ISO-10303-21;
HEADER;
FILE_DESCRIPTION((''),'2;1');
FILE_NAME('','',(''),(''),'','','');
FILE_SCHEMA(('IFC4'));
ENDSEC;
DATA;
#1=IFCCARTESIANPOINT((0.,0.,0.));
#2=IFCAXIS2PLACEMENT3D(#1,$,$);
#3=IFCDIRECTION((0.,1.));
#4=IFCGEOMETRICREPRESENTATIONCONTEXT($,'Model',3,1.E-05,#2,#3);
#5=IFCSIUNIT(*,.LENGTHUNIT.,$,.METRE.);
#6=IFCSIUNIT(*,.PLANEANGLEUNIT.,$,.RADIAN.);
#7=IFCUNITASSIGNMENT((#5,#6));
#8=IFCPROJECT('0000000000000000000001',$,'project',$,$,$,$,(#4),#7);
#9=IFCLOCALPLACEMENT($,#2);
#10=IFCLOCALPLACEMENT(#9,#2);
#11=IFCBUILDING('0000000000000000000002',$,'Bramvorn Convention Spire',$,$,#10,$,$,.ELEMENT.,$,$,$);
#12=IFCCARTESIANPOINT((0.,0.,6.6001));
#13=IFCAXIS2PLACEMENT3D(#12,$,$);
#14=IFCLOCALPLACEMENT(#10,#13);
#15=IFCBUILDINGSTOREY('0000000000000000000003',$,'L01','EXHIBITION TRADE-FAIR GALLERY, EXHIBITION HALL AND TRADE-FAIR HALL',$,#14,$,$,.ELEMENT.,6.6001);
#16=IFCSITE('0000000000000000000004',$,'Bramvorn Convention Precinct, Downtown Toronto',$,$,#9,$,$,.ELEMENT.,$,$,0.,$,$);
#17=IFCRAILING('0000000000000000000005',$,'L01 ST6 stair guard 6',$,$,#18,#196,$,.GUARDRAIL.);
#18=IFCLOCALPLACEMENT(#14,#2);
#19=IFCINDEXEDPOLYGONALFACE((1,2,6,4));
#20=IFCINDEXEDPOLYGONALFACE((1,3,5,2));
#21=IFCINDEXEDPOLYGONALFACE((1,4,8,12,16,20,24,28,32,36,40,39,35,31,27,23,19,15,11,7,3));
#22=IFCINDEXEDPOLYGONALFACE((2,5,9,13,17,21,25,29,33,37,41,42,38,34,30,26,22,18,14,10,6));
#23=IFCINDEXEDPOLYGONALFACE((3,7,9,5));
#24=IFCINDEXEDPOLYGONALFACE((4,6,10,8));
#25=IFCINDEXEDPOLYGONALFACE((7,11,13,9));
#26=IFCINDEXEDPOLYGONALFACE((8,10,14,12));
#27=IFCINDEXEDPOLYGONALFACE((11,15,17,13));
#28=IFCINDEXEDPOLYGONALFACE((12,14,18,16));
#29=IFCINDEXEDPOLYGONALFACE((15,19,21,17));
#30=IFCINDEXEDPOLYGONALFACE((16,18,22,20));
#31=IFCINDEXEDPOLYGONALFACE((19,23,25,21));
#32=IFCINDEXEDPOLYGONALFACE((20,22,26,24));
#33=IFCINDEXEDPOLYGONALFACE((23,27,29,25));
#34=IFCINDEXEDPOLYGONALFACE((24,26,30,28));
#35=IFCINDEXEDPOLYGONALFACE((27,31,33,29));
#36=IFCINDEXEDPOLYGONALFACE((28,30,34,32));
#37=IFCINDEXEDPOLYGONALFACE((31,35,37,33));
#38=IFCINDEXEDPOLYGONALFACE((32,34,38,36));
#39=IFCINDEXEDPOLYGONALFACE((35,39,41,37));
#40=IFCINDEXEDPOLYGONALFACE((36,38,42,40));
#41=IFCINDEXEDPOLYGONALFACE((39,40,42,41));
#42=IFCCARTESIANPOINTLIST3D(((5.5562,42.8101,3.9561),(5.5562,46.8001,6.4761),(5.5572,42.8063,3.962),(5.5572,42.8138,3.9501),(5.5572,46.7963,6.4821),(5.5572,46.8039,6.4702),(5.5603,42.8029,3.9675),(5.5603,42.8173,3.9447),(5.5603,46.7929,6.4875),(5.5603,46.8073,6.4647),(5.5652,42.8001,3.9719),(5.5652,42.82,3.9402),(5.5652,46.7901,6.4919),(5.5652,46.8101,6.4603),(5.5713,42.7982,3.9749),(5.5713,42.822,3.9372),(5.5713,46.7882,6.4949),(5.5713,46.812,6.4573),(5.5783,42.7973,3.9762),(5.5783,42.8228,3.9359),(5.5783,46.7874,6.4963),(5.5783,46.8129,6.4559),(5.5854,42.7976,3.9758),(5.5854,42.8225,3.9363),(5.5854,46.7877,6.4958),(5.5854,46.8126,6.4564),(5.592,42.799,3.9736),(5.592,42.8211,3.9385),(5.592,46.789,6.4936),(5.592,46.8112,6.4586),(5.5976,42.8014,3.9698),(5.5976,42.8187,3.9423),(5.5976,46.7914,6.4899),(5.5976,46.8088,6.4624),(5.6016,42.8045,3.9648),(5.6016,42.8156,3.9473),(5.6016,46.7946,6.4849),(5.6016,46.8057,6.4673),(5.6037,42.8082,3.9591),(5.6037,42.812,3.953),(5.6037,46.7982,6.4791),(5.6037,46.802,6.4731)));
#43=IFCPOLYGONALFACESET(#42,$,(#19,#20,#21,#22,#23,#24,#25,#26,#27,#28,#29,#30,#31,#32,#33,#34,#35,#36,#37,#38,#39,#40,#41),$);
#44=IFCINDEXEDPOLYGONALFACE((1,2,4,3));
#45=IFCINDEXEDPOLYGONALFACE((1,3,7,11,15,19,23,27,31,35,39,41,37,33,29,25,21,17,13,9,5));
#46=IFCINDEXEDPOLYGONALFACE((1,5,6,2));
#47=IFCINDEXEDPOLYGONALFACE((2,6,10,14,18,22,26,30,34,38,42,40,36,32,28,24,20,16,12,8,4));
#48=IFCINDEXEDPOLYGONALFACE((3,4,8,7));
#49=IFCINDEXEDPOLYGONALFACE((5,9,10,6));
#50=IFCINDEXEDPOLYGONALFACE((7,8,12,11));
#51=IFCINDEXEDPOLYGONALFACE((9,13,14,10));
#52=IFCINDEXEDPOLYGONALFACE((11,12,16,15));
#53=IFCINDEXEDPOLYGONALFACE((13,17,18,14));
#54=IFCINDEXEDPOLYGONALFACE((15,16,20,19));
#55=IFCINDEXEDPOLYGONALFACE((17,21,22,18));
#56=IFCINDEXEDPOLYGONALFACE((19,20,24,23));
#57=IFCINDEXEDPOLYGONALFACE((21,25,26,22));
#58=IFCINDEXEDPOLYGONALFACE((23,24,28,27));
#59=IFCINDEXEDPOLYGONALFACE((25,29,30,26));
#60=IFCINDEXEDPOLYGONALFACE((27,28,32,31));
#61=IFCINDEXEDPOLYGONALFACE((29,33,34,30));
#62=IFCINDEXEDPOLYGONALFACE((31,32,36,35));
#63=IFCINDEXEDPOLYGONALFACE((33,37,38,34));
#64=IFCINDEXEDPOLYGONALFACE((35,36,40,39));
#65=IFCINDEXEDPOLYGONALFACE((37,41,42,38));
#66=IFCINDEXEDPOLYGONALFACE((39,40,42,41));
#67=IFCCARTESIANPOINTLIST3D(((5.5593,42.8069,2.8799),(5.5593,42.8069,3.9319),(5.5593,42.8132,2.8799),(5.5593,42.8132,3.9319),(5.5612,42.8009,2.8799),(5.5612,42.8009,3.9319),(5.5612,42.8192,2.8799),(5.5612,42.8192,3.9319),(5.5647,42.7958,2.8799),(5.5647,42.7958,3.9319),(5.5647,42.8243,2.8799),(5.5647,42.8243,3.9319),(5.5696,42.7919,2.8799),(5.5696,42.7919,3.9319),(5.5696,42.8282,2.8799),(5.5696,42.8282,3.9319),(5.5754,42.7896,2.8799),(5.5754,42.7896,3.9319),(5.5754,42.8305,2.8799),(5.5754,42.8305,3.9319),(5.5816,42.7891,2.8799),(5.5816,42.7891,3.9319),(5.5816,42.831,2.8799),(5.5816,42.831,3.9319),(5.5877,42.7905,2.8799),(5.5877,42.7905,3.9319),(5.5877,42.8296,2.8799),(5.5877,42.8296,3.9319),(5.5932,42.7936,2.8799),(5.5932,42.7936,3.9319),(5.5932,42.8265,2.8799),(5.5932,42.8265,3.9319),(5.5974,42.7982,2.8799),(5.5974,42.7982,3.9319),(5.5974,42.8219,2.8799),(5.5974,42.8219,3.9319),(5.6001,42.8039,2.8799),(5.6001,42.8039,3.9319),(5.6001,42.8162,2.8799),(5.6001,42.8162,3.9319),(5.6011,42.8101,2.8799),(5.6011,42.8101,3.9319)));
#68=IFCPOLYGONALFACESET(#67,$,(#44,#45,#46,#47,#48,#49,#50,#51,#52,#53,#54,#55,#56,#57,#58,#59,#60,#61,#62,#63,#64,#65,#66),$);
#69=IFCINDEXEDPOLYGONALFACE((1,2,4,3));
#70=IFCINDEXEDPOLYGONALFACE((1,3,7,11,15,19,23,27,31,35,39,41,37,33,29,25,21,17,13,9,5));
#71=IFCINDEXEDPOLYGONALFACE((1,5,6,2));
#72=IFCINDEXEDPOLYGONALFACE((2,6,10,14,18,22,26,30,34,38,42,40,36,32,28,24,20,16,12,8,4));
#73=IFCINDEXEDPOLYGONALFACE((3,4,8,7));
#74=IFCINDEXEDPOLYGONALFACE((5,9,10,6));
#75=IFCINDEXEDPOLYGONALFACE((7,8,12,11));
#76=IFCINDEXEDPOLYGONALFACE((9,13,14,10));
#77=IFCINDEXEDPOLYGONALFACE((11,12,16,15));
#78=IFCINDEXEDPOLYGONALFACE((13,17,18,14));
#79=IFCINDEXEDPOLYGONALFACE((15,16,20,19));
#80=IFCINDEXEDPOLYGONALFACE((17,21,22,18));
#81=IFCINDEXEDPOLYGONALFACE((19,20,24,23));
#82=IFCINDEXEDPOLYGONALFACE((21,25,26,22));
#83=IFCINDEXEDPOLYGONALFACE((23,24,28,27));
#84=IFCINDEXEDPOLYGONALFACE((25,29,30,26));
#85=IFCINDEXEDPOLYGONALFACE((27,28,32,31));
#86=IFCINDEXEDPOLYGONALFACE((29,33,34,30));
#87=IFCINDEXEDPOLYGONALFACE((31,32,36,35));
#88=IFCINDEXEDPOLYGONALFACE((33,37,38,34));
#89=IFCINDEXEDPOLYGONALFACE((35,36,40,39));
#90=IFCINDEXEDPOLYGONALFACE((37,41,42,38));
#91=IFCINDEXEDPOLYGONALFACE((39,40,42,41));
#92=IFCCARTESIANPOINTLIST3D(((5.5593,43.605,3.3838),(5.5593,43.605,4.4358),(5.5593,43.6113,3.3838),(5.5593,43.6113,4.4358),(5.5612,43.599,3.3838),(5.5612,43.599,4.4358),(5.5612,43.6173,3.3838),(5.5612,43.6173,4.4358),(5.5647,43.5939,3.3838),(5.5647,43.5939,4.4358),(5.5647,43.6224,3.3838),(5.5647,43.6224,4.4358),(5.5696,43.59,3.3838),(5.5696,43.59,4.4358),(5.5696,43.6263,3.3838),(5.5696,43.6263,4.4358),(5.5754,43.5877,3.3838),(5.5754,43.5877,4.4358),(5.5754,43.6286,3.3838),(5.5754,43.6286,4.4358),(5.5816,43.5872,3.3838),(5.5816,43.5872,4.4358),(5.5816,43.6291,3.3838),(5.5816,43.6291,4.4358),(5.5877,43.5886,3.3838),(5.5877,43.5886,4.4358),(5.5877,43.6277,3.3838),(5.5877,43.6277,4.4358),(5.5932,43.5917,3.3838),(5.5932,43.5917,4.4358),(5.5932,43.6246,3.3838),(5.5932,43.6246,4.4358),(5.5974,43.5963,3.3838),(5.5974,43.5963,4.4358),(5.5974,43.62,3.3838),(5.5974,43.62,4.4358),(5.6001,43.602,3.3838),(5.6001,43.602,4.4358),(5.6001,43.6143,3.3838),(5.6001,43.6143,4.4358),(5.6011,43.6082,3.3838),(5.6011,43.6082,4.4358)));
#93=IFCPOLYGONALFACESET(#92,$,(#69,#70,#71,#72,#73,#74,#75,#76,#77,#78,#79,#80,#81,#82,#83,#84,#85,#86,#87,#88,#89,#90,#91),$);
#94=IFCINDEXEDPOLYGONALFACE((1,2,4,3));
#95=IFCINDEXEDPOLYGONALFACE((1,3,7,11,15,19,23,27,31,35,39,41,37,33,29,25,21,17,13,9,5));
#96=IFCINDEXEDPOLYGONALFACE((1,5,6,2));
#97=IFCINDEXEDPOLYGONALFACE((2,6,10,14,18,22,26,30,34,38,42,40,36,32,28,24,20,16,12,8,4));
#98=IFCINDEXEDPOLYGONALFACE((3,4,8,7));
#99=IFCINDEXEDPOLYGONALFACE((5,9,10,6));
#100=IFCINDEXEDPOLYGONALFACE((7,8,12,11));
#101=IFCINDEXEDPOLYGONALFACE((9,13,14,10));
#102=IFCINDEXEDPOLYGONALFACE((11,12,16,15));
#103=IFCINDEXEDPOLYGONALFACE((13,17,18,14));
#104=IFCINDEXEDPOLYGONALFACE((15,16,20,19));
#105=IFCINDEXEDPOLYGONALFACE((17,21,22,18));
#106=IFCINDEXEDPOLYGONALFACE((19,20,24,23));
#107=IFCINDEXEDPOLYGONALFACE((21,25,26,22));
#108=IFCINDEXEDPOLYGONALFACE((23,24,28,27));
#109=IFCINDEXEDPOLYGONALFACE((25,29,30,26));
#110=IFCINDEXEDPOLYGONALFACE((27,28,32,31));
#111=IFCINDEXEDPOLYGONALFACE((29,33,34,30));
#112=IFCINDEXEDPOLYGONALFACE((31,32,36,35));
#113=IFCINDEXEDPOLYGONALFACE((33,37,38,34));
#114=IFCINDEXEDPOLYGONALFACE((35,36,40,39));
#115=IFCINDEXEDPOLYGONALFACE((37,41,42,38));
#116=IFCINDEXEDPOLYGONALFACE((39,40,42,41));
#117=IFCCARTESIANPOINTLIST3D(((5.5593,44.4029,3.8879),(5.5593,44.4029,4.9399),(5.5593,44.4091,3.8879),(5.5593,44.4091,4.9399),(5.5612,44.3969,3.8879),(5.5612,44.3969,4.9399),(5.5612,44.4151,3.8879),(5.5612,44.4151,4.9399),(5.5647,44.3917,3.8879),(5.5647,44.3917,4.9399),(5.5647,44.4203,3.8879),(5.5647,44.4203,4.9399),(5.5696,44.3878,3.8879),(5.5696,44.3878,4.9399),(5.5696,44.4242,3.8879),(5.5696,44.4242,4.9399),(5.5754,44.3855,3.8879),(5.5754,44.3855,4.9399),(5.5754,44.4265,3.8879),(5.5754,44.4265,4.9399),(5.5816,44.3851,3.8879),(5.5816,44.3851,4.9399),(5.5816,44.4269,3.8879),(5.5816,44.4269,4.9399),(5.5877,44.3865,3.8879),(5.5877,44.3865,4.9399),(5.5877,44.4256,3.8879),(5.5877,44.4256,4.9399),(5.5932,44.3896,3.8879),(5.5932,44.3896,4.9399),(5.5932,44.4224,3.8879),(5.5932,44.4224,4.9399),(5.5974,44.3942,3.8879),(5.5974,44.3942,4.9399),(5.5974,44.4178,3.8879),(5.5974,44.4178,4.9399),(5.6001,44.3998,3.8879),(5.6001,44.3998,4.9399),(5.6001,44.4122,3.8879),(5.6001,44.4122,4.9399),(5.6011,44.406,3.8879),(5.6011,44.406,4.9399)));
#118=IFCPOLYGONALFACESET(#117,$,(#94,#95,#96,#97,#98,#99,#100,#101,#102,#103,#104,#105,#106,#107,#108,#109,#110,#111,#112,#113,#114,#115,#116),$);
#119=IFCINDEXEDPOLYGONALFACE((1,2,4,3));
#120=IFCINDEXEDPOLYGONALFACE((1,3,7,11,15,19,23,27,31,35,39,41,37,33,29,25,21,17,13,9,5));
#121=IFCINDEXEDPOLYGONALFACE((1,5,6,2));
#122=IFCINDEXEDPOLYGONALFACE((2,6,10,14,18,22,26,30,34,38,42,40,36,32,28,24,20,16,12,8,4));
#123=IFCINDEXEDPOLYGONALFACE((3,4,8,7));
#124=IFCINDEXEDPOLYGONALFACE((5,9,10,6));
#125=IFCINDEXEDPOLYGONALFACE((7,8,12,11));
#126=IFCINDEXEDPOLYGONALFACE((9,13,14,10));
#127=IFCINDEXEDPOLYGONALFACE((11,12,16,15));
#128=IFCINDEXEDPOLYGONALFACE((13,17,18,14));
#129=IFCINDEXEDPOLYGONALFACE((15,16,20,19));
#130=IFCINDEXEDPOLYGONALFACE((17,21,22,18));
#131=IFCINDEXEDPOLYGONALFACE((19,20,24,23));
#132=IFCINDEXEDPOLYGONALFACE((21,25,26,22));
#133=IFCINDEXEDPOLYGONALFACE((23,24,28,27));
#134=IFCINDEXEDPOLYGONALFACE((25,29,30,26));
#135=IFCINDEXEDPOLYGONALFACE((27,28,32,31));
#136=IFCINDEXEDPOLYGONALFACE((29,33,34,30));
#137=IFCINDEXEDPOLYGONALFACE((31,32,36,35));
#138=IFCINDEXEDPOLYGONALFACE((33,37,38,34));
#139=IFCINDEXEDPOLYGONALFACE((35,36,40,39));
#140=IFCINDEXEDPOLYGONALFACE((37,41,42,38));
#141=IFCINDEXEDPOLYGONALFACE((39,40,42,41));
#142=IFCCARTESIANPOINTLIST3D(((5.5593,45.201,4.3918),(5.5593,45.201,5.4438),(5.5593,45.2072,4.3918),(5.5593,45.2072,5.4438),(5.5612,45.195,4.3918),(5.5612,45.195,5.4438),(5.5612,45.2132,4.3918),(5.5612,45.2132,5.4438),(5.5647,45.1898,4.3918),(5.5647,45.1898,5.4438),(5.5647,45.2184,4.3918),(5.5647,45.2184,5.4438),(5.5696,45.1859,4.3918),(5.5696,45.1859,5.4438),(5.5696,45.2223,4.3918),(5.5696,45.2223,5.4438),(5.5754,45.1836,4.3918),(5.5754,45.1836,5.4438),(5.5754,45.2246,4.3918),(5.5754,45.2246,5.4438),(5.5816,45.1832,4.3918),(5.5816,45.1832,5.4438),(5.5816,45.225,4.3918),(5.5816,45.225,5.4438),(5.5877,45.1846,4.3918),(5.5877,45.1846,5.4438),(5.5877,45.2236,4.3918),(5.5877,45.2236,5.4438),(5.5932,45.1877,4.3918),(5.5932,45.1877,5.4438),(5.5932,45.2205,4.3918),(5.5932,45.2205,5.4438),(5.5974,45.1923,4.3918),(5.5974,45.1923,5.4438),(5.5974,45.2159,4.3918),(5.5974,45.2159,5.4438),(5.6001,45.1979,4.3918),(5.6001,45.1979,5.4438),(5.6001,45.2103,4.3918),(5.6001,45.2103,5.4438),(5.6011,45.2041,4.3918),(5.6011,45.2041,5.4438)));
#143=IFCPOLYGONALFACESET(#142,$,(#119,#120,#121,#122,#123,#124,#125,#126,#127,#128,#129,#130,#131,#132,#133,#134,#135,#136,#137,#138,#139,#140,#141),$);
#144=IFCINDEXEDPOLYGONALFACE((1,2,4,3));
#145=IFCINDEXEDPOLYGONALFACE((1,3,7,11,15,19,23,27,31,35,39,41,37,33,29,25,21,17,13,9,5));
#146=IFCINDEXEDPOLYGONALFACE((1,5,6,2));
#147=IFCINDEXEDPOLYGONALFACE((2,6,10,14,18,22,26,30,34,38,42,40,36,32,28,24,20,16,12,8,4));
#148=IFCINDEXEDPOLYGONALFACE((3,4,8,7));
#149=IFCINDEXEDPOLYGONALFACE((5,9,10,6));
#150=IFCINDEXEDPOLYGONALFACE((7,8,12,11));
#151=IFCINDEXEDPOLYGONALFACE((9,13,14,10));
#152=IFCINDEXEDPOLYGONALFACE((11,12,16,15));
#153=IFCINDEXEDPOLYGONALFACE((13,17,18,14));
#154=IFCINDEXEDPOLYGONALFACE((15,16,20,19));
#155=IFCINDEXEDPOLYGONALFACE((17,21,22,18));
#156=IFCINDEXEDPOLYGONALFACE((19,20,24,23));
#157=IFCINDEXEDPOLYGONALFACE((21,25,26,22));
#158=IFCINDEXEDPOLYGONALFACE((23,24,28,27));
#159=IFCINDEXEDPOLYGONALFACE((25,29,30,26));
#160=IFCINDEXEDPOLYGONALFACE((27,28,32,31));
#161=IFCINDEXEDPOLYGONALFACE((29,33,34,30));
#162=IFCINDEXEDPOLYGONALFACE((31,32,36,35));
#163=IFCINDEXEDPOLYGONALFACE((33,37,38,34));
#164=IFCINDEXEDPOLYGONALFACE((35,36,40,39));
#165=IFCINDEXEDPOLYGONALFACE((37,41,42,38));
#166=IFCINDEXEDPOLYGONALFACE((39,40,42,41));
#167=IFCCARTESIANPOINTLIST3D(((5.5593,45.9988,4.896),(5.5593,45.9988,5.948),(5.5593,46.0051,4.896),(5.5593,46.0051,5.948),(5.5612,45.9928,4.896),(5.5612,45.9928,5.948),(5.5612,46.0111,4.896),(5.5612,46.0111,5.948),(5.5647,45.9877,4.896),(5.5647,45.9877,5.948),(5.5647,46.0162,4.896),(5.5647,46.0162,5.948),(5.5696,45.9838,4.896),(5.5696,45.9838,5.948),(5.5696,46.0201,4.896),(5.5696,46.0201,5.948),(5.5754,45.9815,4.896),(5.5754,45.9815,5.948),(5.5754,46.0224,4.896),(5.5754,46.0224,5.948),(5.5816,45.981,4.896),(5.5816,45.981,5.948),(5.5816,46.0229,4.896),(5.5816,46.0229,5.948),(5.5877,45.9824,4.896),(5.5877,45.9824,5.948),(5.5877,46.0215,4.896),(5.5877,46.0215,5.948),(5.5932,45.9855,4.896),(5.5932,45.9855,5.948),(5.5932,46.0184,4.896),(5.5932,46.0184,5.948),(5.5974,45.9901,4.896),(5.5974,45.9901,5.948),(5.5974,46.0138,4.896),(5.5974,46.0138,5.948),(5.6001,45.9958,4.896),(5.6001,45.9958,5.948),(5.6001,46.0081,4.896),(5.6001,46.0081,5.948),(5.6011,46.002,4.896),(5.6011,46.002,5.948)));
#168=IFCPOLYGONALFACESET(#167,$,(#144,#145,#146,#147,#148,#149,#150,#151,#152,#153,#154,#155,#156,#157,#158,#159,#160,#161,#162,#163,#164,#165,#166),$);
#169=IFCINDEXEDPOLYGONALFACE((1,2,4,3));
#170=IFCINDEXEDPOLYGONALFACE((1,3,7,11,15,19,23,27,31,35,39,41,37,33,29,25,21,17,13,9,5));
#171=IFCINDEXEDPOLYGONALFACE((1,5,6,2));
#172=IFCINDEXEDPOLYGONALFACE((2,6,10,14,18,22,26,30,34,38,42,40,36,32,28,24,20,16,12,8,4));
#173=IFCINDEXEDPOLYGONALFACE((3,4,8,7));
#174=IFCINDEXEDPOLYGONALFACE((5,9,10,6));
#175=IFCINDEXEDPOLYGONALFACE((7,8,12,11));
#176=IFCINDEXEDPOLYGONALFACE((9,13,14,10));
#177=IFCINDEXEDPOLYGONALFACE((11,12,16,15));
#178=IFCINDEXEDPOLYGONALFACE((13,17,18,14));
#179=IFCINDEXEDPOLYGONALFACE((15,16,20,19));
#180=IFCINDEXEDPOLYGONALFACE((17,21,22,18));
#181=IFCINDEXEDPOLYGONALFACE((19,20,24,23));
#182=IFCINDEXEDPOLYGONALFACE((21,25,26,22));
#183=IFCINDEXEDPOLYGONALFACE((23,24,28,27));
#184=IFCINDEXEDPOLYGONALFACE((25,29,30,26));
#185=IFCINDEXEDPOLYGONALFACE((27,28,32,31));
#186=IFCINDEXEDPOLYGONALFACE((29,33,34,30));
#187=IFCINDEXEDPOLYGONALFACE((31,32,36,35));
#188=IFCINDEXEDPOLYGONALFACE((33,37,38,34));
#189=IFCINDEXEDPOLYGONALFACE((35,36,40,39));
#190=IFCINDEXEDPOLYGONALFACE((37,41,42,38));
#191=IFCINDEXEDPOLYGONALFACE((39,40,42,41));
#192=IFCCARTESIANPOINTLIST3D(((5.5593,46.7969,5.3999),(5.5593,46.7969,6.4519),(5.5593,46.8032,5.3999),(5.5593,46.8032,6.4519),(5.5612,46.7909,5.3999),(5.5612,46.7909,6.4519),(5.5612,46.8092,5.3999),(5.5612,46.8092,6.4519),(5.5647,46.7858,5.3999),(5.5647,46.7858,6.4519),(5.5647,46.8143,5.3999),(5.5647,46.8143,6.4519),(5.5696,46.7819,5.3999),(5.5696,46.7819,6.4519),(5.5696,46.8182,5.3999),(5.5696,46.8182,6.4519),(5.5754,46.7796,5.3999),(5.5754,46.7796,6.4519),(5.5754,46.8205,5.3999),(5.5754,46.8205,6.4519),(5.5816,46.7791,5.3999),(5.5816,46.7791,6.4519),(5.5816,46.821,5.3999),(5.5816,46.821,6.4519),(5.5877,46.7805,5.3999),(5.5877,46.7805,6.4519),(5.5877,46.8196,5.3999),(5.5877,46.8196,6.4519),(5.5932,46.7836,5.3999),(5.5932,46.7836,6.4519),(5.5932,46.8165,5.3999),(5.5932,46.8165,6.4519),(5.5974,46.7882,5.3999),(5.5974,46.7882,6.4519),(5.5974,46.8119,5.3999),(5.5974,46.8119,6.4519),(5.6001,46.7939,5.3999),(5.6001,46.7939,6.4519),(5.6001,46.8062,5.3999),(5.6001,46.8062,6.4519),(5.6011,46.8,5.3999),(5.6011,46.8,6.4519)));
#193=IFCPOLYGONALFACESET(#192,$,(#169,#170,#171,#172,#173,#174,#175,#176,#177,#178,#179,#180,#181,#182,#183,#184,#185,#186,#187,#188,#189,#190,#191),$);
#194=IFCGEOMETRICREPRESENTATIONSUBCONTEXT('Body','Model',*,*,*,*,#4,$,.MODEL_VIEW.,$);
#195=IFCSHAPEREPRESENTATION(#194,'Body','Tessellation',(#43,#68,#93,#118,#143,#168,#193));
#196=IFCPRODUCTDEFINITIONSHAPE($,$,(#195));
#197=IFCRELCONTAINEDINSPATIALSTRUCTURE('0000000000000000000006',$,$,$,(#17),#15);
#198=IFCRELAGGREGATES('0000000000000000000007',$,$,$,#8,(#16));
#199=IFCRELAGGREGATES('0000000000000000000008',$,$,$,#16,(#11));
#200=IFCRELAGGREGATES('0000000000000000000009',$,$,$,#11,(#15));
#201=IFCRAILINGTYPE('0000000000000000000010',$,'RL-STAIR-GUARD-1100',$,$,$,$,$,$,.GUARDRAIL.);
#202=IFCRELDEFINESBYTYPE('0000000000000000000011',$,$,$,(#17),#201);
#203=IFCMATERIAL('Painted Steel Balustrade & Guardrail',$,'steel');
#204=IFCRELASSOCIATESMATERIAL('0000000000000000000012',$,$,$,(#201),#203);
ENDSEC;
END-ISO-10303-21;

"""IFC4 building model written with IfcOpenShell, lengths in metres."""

from ifc_helpers import new_model, si_unit, direction, frame, origin, origin_2d, place, context, subcontext, project, spatial, circle, extrude, material, type_object, element, save


model = new_model("IFC4")

# Units and contexts
model_context = context("Model", 3, precision=1e-05, world=origin(), true_north=direction((0.0, 1.0)))
body_context = subcontext(model_context, "Body", "Model", "MODEL_VIEW")
ifc_project = project(units=[si_unit("LENGTHUNIT", "METRE"), si_unit("PLANEANGLEUNIT", "RADIAN")], contexts=[model_context])

# Site, building, storey
site_placement = place(None, origin())
site = spatial("IfcSite", under=ifc_project, at=site_placement, Name="Bramvorn Convention Precinct, Downtown Toronto", CompositionType="ELEMENT", RefElevation=0.0)
building_placement = place(site_placement, origin())
building = spatial("IfcBuilding", under=site, at=building_placement, Name="Bramvorn Convention Spire", CompositionType="ELEMENT")
storey_placement = place(building_placement, frame((0.0, 0.0, 6.6001)))
storey = spatial("IfcBuildingStorey", under=building, at=storey_placement, Name="L01", Description="EXHIBITION TRADE-FAIR GALLERY, EXHIBITION HALL AND TRADE-FAIR HALL", CompositionType="ELEMENT", Elevation=6.6001)

# Railing
ifc_material_1 = material(Name="Painted Steel Balustrade & Guardrail", Category="steel")
railing_type = type_object("IfcRailingType", Name="RL-STAIR-GUARD-1100", PredefinedType="GUARDRAIL", material=ifc_material_1)
railing_1_placement = place(storey_placement, frame((5.5801, 42.8101, 2.8799)))
element("IfcRailing", 1, at=railing_1_placement, inside=storey, type_object=railing_type, Name="L01 ST6 stair guard 6", PredefinedType="GUARDRAIL", context=body_context, shape_type="SweptSolid", body=[
    extrude(circle(Radius=0.0239, at=origin_2d()), frame((0.0, 0.0, 1.0762), z_axis=(0.0, 0.845486, 0.533997), x_axis=(-1.0, 0.0, 0.0)), (0.0, 0.0, 1.0), 4.7192),
    extrude(circle(Radius=0.021, at=origin_2d()), origin(), (0.0, 0.0, 1.0), 1.052),
    extrude(circle(Radius=0.021, at=origin_2d()), frame((0.0, 0.7981, 0.5039)), (0.0, 0.0, 1.0), 1.052),
    extrude(circle(Radius=0.021, at=origin_2d()), frame((0.0, 1.5959, 1.0081)), (0.0, 0.0, 1.0), 1.052),
    extrude(circle(Radius=0.021, at=origin_2d()), frame((0.0, 2.394, 1.512)), (0.0, 0.0, 1.0), 1.052),
    extrude(circle(Radius=0.021, at=origin_2d()), frame((0.0, 3.1919, 2.0161)), (0.0, 0.0, 1.0), 1.052),
    extrude(circle(Radius=0.021, at=origin_2d()), frame((0.0, 3.99, 2.52)), (0.0, 0.0, 1.0), 1.052),
])

save(model, "model.ifc")
